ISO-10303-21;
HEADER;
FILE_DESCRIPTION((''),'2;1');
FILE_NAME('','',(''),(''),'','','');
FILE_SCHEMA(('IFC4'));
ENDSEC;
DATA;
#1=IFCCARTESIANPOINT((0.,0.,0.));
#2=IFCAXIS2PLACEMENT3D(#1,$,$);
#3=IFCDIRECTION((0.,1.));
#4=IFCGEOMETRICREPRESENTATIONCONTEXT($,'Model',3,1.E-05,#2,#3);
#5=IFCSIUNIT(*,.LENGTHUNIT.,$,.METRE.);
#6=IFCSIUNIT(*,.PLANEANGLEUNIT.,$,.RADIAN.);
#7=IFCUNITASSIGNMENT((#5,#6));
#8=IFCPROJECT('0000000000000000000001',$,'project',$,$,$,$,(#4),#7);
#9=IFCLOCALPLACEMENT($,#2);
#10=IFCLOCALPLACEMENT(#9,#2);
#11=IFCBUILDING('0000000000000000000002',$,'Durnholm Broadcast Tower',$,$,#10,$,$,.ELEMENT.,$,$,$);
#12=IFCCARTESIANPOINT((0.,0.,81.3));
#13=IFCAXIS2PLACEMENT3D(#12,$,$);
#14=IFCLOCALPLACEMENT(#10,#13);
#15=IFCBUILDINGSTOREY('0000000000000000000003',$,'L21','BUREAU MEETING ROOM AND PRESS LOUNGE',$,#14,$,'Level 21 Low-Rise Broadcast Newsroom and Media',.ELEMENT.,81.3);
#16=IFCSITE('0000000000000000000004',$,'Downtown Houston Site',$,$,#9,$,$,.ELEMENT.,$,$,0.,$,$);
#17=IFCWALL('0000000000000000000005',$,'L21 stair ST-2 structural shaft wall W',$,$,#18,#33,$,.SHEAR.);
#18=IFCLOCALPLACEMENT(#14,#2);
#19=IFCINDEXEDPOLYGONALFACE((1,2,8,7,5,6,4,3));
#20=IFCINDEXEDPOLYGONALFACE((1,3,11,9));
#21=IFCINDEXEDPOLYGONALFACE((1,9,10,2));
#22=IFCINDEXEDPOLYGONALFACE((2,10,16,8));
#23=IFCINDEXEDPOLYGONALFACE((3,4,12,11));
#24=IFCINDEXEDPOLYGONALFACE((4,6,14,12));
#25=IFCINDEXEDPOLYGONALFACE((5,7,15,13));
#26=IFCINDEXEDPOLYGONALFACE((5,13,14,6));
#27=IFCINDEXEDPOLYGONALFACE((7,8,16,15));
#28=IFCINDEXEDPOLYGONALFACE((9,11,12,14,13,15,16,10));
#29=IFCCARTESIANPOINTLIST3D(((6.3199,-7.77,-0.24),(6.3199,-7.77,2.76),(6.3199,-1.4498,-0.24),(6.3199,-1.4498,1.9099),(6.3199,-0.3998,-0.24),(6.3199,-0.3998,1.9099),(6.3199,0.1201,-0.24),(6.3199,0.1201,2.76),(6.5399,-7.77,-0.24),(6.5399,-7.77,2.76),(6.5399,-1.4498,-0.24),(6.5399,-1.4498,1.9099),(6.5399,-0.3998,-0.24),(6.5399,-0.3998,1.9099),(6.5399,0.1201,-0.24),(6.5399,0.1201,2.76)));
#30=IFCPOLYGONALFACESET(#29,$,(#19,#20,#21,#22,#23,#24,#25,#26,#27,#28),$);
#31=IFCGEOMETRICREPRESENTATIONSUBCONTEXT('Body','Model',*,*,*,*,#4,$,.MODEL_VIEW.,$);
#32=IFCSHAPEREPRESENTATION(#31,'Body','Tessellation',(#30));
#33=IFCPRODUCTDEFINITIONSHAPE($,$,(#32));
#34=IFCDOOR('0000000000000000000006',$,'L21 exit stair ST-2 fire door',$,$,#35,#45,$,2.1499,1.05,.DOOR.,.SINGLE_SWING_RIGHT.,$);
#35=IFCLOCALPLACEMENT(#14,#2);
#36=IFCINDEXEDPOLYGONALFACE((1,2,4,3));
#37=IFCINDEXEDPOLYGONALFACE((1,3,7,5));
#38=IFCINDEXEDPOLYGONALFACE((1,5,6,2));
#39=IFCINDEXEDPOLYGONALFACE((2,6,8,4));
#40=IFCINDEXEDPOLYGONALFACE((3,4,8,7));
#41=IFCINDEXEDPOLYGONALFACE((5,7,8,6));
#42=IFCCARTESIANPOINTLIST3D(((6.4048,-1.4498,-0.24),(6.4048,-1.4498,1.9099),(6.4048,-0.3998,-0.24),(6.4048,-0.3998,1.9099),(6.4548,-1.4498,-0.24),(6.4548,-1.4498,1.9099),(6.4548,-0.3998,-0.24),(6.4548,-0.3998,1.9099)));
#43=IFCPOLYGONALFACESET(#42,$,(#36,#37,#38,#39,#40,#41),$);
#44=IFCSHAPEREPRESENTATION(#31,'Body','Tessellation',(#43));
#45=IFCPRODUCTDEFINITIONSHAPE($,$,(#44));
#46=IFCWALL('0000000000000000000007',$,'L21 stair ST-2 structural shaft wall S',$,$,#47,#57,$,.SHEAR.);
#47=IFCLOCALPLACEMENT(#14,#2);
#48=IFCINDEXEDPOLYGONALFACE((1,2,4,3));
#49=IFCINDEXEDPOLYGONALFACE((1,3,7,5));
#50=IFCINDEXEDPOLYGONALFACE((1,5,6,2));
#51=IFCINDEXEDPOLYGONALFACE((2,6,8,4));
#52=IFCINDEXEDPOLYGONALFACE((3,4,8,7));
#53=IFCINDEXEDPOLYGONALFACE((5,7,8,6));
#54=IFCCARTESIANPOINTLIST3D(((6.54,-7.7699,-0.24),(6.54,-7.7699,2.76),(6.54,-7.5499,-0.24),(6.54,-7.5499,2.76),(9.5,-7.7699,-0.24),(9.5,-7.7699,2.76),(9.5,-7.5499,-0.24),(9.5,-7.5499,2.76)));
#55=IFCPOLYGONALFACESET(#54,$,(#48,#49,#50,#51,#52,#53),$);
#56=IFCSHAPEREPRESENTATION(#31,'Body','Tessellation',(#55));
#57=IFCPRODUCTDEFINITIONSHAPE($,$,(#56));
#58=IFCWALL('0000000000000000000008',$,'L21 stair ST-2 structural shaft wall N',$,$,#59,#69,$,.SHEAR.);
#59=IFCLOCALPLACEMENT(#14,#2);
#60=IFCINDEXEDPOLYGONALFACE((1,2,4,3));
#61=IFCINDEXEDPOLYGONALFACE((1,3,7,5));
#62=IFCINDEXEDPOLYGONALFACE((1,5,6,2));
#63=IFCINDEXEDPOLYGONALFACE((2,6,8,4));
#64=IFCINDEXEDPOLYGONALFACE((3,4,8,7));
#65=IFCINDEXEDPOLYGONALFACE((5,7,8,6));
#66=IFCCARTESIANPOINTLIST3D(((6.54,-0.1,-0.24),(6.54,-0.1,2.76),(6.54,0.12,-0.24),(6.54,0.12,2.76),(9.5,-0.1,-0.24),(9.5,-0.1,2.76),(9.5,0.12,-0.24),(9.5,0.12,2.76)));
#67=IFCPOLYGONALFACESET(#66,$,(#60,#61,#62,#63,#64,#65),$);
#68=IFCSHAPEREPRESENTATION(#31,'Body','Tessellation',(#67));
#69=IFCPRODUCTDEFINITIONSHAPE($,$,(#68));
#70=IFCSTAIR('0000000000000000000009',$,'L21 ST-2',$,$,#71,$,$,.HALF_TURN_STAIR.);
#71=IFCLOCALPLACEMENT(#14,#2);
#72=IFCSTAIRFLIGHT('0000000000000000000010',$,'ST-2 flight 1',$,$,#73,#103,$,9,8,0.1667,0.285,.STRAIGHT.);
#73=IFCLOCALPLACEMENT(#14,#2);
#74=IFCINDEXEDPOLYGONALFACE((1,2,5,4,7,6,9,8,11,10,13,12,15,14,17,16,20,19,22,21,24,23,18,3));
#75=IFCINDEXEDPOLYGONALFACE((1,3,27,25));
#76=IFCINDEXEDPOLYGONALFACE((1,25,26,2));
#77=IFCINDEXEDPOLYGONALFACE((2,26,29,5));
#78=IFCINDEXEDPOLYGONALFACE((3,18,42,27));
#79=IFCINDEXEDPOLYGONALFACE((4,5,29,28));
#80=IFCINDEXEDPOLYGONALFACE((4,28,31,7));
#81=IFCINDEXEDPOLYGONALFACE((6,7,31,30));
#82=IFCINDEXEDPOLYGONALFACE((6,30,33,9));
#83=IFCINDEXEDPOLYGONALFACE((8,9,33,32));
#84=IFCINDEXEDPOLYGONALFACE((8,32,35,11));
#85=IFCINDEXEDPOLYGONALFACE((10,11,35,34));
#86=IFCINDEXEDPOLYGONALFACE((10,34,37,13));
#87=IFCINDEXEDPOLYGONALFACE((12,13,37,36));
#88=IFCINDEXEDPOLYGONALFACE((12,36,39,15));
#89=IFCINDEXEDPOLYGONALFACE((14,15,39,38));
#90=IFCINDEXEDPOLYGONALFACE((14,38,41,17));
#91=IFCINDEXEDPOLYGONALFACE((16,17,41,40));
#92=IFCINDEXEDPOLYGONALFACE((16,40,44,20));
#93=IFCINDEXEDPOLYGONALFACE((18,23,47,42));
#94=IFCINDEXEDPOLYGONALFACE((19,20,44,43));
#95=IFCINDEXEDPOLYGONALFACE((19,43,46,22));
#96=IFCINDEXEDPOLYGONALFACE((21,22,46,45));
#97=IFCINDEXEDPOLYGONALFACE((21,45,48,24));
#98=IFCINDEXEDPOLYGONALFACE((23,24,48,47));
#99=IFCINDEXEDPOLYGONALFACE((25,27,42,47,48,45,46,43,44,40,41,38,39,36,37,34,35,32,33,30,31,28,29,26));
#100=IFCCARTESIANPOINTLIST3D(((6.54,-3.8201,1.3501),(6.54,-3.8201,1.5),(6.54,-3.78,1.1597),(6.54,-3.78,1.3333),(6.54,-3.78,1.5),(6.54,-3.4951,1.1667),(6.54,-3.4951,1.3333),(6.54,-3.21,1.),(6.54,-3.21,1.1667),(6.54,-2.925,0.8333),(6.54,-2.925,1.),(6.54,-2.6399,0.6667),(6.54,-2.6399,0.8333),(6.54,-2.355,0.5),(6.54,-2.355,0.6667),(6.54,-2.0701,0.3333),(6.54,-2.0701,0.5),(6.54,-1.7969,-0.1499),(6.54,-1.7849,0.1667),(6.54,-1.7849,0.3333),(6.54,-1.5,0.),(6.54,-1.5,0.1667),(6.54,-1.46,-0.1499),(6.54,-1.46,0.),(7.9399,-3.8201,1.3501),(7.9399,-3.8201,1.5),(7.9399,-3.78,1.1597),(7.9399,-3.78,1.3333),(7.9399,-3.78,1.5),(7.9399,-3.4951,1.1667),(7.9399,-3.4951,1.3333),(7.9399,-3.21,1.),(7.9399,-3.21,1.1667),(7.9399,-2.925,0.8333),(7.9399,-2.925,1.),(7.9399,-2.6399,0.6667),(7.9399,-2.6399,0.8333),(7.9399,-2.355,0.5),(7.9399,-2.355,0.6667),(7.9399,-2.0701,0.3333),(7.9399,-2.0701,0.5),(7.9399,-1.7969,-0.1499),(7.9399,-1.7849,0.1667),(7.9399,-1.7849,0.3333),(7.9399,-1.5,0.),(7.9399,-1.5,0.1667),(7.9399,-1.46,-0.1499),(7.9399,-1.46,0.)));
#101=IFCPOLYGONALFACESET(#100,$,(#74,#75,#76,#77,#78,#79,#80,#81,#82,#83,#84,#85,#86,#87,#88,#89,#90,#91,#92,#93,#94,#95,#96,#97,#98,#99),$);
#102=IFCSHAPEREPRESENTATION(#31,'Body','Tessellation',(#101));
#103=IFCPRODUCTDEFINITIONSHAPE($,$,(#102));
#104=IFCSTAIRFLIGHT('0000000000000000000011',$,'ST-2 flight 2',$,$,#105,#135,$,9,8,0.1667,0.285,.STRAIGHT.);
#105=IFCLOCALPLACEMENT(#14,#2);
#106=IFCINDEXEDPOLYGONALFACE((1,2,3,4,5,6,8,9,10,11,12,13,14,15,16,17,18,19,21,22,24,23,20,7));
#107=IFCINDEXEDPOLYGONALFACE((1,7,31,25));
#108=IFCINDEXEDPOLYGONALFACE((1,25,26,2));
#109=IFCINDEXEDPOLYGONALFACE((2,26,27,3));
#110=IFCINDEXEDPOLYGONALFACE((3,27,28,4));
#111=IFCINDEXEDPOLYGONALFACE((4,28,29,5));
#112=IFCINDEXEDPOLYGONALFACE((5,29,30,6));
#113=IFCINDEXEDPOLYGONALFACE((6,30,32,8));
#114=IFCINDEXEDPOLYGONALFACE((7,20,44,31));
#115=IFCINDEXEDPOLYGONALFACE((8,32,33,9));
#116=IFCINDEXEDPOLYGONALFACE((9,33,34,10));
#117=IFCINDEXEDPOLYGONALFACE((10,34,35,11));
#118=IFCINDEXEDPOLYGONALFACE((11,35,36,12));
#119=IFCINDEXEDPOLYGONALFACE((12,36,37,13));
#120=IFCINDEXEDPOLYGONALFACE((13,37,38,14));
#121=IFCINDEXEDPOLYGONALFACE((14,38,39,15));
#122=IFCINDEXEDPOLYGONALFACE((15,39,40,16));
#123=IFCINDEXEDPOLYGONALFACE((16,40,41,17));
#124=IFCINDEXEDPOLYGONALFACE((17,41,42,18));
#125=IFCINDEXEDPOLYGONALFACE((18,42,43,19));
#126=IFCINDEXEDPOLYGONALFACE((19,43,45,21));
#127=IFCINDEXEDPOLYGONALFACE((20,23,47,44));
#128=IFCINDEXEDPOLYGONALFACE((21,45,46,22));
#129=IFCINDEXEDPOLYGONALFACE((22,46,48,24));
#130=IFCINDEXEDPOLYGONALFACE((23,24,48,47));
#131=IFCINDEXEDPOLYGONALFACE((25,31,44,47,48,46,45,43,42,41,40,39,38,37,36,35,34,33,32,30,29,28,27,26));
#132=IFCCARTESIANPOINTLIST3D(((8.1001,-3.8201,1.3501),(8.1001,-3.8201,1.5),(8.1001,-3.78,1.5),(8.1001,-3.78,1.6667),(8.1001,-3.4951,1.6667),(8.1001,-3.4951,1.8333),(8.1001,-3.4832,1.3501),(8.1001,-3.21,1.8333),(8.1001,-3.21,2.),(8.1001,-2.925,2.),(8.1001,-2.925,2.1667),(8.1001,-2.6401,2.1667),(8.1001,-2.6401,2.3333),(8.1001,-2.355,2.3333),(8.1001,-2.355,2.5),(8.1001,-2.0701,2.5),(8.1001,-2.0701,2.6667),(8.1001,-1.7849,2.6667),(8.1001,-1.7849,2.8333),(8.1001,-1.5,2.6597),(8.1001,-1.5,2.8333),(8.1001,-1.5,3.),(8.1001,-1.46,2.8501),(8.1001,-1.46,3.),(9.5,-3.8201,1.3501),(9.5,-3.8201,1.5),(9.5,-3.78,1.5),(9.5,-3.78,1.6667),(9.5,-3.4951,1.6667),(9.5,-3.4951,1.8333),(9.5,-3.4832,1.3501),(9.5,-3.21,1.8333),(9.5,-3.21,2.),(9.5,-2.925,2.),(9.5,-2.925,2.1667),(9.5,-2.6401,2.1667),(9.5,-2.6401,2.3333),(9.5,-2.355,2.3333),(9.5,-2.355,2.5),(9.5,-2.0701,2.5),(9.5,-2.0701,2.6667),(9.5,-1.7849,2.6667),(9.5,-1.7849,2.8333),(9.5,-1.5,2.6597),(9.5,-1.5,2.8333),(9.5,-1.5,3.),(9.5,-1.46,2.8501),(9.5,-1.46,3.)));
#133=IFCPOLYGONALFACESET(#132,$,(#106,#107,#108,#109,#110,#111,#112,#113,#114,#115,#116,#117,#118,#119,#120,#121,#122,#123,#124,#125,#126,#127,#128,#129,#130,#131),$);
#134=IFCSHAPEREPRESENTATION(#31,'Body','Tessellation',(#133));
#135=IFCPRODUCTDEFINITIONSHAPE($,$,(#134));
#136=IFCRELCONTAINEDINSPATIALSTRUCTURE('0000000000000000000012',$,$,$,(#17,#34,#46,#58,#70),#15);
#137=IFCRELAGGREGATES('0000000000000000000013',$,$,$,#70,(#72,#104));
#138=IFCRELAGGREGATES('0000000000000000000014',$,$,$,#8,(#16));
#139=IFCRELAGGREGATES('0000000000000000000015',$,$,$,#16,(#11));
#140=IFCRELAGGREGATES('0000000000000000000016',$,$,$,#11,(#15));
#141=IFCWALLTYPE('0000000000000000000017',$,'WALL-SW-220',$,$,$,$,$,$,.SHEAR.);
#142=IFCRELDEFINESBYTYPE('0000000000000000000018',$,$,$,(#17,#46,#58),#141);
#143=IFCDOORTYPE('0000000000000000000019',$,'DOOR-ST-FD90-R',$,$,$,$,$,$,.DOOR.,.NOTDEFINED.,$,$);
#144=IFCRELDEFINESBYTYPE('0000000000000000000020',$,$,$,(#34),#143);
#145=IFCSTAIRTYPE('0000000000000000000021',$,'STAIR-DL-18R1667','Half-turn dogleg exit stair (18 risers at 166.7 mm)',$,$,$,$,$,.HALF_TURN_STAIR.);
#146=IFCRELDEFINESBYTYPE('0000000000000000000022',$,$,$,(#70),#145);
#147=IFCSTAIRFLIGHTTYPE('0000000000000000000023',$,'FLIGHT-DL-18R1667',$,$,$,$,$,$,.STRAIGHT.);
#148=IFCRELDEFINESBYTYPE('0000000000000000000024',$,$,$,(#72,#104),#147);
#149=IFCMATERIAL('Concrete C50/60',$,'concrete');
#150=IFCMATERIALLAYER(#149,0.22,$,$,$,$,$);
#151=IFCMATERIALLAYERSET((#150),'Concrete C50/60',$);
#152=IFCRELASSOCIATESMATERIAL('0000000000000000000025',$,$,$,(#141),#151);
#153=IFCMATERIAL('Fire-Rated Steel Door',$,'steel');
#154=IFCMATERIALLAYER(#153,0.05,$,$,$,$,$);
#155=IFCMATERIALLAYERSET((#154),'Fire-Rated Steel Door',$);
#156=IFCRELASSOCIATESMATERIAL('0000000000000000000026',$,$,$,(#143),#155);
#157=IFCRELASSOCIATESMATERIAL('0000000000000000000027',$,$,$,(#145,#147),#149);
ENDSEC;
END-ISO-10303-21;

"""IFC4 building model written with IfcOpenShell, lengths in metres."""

from ifc_helpers import new_model, si_unit, direction, frame, frame_2d, origin, place, context, subcontext, project, spatial, polyline, rectangle, outline, extrude, source, transform, mapped, material, layer, layer_set, type_object, type_shapes, element, fill, aggregate, save


model = new_model("IFC4")

# Units and contexts
model_context = context("Model", 3, precision=1e-05, world=origin(), true_north=direction((0.0, 1.0)))
body_context = subcontext(model_context, "Body", "Model", "MODEL_VIEW")
ifc_project = project(units=[si_unit("LENGTHUNIT", "METRE"), si_unit("PLANEANGLEUNIT", "RADIAN")], contexts=[model_context])

# Site, building, storey
site_placement = place(None, origin())
site = spatial("IfcSite", under=ifc_project, at=site_placement, Name="Downtown Houston Site", CompositionType="ELEMENT", RefElevation=0.0)
building_placement = place(site_placement, origin())
building = spatial("IfcBuilding", under=site, at=building_placement, Name="Durnholm Broadcast Tower", CompositionType="ELEMENT")
storey_placement = place(building_placement, frame((0.0, 0.0, 81.3)))
storey = spatial("IfcBuildingStorey", under=building, at=storey_placement, Name="L21", Description="BUREAU MEETING ROOM AND PRESS LOUNGE", LongName="Level 21 Low-Rise Broadcast Newsroom and Media", CompositionType="ELEMENT", Elevation=81.3)

# Shared definitions
ifc_material_1 = material(Name="Concrete C50/60", Category="concrete")
ifc_layer_1 = layer(ifc_material_1, 0.22)
ifc_layer_set_1 = layer_set([ifc_layer_1], Name="Concrete C50/60")
wall_type_1 = type_object("IfcWallType", Name="WALL-SW-220", PredefinedType="SHEAR", material=ifc_layer_set_1)

# Wall, opening, door
wall_1_placement = place(storey_placement, frame((6.4299, 0.1201, -0.24), z_axis=(0.0, 0.0, 1.0), x_axis=(0.0, -1.0, 0.0)))
wall_1 = element("IfcWall", 1, at=wall_1_placement, inside=storey, type_object=wall_type_1, Name="L21 stair ST-2 structural shaft wall W", PredefinedType="SHEAR", context=body_context, shape_type="SweptSolid", body=[
    extrude(rectangle(XDim=7.8901, YDim=0.22, at=frame_2d((3.9451, 0.0))), origin(), (0.0, 0.0, 1.0), 3.0),
])
opening_1_placement = place(wall_1_placement, frame((0.52, 0.0, 0.0)))
opening_1 = element("IfcOpeningElement", 2, at=opening_1_placement, cuts=wall_1, PredefinedType="OPENING", context=body_context, shape_type="SweptSolid", body=[
    extrude(rectangle(XDim=1.05, YDim=2.1499, at=frame_2d((0.5249, 1.075))), frame((0.0, 0.1201, 0.0), z_axis=(0.0, -1.0, 0.0), x_axis=(1.0, 0.0, 0.0)), (0.0, 0.0, 1.0), 0.24),
])
ifc_material_2 = material(Name="Fire-Rated Steel Door", Category="steel")
ifc_layer_2 = layer(ifc_material_2, 0.05)
ifc_layer_set_2 = layer_set([ifc_layer_2], Name="Fire-Rated Steel Door")
door_type_1 = type_object("IfcDoorType", Name="DOOR-ST-FD90-R", OperationType="NOTDEFINED", PredefinedType="DOOR", material=ifc_layer_set_2)
shared_shape_1 = source(origin(), body_context, "Body", "SweptSolid", [
    extrude(rectangle(XDim=1.05, YDim=2.1499, at=frame_2d((0.5249, 1.075))), frame((0.0, 0.0249, 0.0), z_axis=(0.0, -1.0, 0.0), x_axis=(1.0, 0.0, 0.0)), (0.0, 0.0, 1.0), 0.05),
])
type_shapes(door_type_1, [shared_shape_1])
door_1_placement = place(opening_1_placement, origin())
door_1 = element("IfcDoor", 3, at=door_1_placement, inside=storey, type_object=door_type_1, Name="L21 exit stair ST-2 fire door", OperationType="SINGLE_SWING_RIGHT", OverallHeight=2.1499, OverallWidth=1.05, PredefinedType="DOOR", context=body_context, shape_type="MappedRepresentation", body=[
    mapped(shared_shape_1, transform((0.0, 0.0, 0.0), x_axis=(1.0, 0.0, 0.0), y_axis=(0.0, 1.0, 0.0), z_axis=(0.0, 0.0, 1.0), scale=1.0)),
])
fill(opening_1, door_1)

# Walls
for number, where, z_axis, x_axis, name in (
    (4, (6.54, -7.6599, -0.24), (0.0, 0.0, 1.0), (1.0, 0.0, 0.0), "L21 stair ST-2 structural shaft wall S"),
    (5, (9.5, 0.01, -0.24), (0.0, 0.0, 1.0), (-1.0, 0.0, 0.0), "L21 stair ST-2 structural shaft wall N"),
):
    element("IfcWall", number, at=place(storey_placement, frame(where, z_axis=z_axis, x_axis=x_axis)), inside=storey, type_object=wall_type_1, Name=name, PredefinedType="SHEAR", context=body_context, shape_type="SweptSolid", body=[
        extrude(rectangle(XDim=2.96, YDim=0.22, at=frame_2d((1.48, 0.0))), origin(), (0.0, 0.0, 1.0), 3.0),
    ])

# Stair, stair flights
stair_type = type_object("IfcStairType", Name="STAIR-DL-18R1667", Description="Half-turn dogleg exit stair (18 risers at 166.7 mm)", PredefinedType="HALF_TURN_STAIR", material=ifc_material_1)
stair_placement = place(storey_placement, origin())
stair = element("IfcStair", 6, at=stair_placement, inside=storey, type_object=stair_type, Name="L21 ST-2", PredefinedType="HALF_TURN_STAIR")
stair_flight_type = type_object("IfcStairFlightType", Name="FLIGHT-DL-18R1667", PredefinedType="STRAIGHT", material=ifc_material_1)
stair_flight_1_placement = place(storey_placement, frame((7.24, -1.5, 0.0), z_axis=(0.0, 0.0, 1.0), x_axis=(0.0, -1.0, 0.0)))
stair_flight_1 = element("IfcStairFlight", 7, at=stair_flight_1_placement, type_object=stair_flight_type, Name="ST-2 flight 1", NumberOfRisers=9, NumberOfTreads=8, PredefinedType="STRAIGHT", RiserHeight=0.1667, TreadLength=0.285, context=body_context, shape_type="SweptSolid", body=[
    extrude(outline(polyline([(-0.04, -0.1499), (-0.04, 0.0), (0.0, 0.0), (0.0, 0.1667), (0.2849, 0.1667), (0.2849, 0.3333), (0.5701, 0.3333), (0.5701, 0.5), (0.855, 0.5), (0.855, 0.6667), (1.1399, 0.6667), (1.1399, 0.8333), (1.425, 0.8333), (1.425, 1.0), (1.71, 1.0), (1.71, 1.1667), (1.9951, 1.1667), (1.9951, 1.3333), (2.28, 1.3333), (2.28, 1.5), (2.3201, 1.5), (2.3201, 1.3501), (2.28, 1.1597), (0.2969, -0.1499), (-0.04, -0.1499)])), frame((0.0, 0.7, 0.0), z_axis=(0.0, -1.0, 0.0), x_axis=(1.0, 0.0, 0.0)), (0.0, 0.0, 1.0), 1.3999),
])
stair_flight_2_placement = place(storey_placement, frame((8.8, -3.78, 1.5), z_axis=(0.0, 0.0, 1.0), x_axis=(0.0, 1.0, 0.0)))
stair_flight_2 = element("IfcStairFlight", 8, at=stair_flight_2_placement, type_object=stair_flight_type, Name="ST-2 flight 2", NumberOfRisers=9, NumberOfTreads=8, PredefinedType="STRAIGHT", RiserHeight=0.1667, TreadLength=0.285, context=body_context, shape_type="SweptSolid", body=[
    extrude(outline(polyline([(-0.04, -0.1499), (-0.04, 0.0), (0.0, 0.0), (0.0, 0.1667), (0.2849, 0.1667), (0.2849, 0.3333), (0.5701, 0.3333), (0.5701, 0.5), (0.855, 0.5), (0.855, 0.6667), (1.1399, 0.6667), (1.1399, 0.8333), (1.425, 0.8333), (1.425, 1.0), (1.71, 1.0), (1.71, 1.1667), (1.9951, 1.1667), (1.9951, 1.3333), (2.28, 1.3333), (2.28, 1.5), (2.3201, 1.5), (2.3201, 1.3501), (2.28, 1.1597), (0.2969, -0.1499), (-0.04, -0.1499)])), frame((0.0, 0.7, 0.0), z_axis=(0.0, -1.0, 0.0), x_axis=(1.0, 0.0, 0.0)), (0.0, 0.0, 1.0), 1.3999),
])
aggregate(stair, [stair_flight_1, stair_flight_2])

save(model, "model.ifc")
